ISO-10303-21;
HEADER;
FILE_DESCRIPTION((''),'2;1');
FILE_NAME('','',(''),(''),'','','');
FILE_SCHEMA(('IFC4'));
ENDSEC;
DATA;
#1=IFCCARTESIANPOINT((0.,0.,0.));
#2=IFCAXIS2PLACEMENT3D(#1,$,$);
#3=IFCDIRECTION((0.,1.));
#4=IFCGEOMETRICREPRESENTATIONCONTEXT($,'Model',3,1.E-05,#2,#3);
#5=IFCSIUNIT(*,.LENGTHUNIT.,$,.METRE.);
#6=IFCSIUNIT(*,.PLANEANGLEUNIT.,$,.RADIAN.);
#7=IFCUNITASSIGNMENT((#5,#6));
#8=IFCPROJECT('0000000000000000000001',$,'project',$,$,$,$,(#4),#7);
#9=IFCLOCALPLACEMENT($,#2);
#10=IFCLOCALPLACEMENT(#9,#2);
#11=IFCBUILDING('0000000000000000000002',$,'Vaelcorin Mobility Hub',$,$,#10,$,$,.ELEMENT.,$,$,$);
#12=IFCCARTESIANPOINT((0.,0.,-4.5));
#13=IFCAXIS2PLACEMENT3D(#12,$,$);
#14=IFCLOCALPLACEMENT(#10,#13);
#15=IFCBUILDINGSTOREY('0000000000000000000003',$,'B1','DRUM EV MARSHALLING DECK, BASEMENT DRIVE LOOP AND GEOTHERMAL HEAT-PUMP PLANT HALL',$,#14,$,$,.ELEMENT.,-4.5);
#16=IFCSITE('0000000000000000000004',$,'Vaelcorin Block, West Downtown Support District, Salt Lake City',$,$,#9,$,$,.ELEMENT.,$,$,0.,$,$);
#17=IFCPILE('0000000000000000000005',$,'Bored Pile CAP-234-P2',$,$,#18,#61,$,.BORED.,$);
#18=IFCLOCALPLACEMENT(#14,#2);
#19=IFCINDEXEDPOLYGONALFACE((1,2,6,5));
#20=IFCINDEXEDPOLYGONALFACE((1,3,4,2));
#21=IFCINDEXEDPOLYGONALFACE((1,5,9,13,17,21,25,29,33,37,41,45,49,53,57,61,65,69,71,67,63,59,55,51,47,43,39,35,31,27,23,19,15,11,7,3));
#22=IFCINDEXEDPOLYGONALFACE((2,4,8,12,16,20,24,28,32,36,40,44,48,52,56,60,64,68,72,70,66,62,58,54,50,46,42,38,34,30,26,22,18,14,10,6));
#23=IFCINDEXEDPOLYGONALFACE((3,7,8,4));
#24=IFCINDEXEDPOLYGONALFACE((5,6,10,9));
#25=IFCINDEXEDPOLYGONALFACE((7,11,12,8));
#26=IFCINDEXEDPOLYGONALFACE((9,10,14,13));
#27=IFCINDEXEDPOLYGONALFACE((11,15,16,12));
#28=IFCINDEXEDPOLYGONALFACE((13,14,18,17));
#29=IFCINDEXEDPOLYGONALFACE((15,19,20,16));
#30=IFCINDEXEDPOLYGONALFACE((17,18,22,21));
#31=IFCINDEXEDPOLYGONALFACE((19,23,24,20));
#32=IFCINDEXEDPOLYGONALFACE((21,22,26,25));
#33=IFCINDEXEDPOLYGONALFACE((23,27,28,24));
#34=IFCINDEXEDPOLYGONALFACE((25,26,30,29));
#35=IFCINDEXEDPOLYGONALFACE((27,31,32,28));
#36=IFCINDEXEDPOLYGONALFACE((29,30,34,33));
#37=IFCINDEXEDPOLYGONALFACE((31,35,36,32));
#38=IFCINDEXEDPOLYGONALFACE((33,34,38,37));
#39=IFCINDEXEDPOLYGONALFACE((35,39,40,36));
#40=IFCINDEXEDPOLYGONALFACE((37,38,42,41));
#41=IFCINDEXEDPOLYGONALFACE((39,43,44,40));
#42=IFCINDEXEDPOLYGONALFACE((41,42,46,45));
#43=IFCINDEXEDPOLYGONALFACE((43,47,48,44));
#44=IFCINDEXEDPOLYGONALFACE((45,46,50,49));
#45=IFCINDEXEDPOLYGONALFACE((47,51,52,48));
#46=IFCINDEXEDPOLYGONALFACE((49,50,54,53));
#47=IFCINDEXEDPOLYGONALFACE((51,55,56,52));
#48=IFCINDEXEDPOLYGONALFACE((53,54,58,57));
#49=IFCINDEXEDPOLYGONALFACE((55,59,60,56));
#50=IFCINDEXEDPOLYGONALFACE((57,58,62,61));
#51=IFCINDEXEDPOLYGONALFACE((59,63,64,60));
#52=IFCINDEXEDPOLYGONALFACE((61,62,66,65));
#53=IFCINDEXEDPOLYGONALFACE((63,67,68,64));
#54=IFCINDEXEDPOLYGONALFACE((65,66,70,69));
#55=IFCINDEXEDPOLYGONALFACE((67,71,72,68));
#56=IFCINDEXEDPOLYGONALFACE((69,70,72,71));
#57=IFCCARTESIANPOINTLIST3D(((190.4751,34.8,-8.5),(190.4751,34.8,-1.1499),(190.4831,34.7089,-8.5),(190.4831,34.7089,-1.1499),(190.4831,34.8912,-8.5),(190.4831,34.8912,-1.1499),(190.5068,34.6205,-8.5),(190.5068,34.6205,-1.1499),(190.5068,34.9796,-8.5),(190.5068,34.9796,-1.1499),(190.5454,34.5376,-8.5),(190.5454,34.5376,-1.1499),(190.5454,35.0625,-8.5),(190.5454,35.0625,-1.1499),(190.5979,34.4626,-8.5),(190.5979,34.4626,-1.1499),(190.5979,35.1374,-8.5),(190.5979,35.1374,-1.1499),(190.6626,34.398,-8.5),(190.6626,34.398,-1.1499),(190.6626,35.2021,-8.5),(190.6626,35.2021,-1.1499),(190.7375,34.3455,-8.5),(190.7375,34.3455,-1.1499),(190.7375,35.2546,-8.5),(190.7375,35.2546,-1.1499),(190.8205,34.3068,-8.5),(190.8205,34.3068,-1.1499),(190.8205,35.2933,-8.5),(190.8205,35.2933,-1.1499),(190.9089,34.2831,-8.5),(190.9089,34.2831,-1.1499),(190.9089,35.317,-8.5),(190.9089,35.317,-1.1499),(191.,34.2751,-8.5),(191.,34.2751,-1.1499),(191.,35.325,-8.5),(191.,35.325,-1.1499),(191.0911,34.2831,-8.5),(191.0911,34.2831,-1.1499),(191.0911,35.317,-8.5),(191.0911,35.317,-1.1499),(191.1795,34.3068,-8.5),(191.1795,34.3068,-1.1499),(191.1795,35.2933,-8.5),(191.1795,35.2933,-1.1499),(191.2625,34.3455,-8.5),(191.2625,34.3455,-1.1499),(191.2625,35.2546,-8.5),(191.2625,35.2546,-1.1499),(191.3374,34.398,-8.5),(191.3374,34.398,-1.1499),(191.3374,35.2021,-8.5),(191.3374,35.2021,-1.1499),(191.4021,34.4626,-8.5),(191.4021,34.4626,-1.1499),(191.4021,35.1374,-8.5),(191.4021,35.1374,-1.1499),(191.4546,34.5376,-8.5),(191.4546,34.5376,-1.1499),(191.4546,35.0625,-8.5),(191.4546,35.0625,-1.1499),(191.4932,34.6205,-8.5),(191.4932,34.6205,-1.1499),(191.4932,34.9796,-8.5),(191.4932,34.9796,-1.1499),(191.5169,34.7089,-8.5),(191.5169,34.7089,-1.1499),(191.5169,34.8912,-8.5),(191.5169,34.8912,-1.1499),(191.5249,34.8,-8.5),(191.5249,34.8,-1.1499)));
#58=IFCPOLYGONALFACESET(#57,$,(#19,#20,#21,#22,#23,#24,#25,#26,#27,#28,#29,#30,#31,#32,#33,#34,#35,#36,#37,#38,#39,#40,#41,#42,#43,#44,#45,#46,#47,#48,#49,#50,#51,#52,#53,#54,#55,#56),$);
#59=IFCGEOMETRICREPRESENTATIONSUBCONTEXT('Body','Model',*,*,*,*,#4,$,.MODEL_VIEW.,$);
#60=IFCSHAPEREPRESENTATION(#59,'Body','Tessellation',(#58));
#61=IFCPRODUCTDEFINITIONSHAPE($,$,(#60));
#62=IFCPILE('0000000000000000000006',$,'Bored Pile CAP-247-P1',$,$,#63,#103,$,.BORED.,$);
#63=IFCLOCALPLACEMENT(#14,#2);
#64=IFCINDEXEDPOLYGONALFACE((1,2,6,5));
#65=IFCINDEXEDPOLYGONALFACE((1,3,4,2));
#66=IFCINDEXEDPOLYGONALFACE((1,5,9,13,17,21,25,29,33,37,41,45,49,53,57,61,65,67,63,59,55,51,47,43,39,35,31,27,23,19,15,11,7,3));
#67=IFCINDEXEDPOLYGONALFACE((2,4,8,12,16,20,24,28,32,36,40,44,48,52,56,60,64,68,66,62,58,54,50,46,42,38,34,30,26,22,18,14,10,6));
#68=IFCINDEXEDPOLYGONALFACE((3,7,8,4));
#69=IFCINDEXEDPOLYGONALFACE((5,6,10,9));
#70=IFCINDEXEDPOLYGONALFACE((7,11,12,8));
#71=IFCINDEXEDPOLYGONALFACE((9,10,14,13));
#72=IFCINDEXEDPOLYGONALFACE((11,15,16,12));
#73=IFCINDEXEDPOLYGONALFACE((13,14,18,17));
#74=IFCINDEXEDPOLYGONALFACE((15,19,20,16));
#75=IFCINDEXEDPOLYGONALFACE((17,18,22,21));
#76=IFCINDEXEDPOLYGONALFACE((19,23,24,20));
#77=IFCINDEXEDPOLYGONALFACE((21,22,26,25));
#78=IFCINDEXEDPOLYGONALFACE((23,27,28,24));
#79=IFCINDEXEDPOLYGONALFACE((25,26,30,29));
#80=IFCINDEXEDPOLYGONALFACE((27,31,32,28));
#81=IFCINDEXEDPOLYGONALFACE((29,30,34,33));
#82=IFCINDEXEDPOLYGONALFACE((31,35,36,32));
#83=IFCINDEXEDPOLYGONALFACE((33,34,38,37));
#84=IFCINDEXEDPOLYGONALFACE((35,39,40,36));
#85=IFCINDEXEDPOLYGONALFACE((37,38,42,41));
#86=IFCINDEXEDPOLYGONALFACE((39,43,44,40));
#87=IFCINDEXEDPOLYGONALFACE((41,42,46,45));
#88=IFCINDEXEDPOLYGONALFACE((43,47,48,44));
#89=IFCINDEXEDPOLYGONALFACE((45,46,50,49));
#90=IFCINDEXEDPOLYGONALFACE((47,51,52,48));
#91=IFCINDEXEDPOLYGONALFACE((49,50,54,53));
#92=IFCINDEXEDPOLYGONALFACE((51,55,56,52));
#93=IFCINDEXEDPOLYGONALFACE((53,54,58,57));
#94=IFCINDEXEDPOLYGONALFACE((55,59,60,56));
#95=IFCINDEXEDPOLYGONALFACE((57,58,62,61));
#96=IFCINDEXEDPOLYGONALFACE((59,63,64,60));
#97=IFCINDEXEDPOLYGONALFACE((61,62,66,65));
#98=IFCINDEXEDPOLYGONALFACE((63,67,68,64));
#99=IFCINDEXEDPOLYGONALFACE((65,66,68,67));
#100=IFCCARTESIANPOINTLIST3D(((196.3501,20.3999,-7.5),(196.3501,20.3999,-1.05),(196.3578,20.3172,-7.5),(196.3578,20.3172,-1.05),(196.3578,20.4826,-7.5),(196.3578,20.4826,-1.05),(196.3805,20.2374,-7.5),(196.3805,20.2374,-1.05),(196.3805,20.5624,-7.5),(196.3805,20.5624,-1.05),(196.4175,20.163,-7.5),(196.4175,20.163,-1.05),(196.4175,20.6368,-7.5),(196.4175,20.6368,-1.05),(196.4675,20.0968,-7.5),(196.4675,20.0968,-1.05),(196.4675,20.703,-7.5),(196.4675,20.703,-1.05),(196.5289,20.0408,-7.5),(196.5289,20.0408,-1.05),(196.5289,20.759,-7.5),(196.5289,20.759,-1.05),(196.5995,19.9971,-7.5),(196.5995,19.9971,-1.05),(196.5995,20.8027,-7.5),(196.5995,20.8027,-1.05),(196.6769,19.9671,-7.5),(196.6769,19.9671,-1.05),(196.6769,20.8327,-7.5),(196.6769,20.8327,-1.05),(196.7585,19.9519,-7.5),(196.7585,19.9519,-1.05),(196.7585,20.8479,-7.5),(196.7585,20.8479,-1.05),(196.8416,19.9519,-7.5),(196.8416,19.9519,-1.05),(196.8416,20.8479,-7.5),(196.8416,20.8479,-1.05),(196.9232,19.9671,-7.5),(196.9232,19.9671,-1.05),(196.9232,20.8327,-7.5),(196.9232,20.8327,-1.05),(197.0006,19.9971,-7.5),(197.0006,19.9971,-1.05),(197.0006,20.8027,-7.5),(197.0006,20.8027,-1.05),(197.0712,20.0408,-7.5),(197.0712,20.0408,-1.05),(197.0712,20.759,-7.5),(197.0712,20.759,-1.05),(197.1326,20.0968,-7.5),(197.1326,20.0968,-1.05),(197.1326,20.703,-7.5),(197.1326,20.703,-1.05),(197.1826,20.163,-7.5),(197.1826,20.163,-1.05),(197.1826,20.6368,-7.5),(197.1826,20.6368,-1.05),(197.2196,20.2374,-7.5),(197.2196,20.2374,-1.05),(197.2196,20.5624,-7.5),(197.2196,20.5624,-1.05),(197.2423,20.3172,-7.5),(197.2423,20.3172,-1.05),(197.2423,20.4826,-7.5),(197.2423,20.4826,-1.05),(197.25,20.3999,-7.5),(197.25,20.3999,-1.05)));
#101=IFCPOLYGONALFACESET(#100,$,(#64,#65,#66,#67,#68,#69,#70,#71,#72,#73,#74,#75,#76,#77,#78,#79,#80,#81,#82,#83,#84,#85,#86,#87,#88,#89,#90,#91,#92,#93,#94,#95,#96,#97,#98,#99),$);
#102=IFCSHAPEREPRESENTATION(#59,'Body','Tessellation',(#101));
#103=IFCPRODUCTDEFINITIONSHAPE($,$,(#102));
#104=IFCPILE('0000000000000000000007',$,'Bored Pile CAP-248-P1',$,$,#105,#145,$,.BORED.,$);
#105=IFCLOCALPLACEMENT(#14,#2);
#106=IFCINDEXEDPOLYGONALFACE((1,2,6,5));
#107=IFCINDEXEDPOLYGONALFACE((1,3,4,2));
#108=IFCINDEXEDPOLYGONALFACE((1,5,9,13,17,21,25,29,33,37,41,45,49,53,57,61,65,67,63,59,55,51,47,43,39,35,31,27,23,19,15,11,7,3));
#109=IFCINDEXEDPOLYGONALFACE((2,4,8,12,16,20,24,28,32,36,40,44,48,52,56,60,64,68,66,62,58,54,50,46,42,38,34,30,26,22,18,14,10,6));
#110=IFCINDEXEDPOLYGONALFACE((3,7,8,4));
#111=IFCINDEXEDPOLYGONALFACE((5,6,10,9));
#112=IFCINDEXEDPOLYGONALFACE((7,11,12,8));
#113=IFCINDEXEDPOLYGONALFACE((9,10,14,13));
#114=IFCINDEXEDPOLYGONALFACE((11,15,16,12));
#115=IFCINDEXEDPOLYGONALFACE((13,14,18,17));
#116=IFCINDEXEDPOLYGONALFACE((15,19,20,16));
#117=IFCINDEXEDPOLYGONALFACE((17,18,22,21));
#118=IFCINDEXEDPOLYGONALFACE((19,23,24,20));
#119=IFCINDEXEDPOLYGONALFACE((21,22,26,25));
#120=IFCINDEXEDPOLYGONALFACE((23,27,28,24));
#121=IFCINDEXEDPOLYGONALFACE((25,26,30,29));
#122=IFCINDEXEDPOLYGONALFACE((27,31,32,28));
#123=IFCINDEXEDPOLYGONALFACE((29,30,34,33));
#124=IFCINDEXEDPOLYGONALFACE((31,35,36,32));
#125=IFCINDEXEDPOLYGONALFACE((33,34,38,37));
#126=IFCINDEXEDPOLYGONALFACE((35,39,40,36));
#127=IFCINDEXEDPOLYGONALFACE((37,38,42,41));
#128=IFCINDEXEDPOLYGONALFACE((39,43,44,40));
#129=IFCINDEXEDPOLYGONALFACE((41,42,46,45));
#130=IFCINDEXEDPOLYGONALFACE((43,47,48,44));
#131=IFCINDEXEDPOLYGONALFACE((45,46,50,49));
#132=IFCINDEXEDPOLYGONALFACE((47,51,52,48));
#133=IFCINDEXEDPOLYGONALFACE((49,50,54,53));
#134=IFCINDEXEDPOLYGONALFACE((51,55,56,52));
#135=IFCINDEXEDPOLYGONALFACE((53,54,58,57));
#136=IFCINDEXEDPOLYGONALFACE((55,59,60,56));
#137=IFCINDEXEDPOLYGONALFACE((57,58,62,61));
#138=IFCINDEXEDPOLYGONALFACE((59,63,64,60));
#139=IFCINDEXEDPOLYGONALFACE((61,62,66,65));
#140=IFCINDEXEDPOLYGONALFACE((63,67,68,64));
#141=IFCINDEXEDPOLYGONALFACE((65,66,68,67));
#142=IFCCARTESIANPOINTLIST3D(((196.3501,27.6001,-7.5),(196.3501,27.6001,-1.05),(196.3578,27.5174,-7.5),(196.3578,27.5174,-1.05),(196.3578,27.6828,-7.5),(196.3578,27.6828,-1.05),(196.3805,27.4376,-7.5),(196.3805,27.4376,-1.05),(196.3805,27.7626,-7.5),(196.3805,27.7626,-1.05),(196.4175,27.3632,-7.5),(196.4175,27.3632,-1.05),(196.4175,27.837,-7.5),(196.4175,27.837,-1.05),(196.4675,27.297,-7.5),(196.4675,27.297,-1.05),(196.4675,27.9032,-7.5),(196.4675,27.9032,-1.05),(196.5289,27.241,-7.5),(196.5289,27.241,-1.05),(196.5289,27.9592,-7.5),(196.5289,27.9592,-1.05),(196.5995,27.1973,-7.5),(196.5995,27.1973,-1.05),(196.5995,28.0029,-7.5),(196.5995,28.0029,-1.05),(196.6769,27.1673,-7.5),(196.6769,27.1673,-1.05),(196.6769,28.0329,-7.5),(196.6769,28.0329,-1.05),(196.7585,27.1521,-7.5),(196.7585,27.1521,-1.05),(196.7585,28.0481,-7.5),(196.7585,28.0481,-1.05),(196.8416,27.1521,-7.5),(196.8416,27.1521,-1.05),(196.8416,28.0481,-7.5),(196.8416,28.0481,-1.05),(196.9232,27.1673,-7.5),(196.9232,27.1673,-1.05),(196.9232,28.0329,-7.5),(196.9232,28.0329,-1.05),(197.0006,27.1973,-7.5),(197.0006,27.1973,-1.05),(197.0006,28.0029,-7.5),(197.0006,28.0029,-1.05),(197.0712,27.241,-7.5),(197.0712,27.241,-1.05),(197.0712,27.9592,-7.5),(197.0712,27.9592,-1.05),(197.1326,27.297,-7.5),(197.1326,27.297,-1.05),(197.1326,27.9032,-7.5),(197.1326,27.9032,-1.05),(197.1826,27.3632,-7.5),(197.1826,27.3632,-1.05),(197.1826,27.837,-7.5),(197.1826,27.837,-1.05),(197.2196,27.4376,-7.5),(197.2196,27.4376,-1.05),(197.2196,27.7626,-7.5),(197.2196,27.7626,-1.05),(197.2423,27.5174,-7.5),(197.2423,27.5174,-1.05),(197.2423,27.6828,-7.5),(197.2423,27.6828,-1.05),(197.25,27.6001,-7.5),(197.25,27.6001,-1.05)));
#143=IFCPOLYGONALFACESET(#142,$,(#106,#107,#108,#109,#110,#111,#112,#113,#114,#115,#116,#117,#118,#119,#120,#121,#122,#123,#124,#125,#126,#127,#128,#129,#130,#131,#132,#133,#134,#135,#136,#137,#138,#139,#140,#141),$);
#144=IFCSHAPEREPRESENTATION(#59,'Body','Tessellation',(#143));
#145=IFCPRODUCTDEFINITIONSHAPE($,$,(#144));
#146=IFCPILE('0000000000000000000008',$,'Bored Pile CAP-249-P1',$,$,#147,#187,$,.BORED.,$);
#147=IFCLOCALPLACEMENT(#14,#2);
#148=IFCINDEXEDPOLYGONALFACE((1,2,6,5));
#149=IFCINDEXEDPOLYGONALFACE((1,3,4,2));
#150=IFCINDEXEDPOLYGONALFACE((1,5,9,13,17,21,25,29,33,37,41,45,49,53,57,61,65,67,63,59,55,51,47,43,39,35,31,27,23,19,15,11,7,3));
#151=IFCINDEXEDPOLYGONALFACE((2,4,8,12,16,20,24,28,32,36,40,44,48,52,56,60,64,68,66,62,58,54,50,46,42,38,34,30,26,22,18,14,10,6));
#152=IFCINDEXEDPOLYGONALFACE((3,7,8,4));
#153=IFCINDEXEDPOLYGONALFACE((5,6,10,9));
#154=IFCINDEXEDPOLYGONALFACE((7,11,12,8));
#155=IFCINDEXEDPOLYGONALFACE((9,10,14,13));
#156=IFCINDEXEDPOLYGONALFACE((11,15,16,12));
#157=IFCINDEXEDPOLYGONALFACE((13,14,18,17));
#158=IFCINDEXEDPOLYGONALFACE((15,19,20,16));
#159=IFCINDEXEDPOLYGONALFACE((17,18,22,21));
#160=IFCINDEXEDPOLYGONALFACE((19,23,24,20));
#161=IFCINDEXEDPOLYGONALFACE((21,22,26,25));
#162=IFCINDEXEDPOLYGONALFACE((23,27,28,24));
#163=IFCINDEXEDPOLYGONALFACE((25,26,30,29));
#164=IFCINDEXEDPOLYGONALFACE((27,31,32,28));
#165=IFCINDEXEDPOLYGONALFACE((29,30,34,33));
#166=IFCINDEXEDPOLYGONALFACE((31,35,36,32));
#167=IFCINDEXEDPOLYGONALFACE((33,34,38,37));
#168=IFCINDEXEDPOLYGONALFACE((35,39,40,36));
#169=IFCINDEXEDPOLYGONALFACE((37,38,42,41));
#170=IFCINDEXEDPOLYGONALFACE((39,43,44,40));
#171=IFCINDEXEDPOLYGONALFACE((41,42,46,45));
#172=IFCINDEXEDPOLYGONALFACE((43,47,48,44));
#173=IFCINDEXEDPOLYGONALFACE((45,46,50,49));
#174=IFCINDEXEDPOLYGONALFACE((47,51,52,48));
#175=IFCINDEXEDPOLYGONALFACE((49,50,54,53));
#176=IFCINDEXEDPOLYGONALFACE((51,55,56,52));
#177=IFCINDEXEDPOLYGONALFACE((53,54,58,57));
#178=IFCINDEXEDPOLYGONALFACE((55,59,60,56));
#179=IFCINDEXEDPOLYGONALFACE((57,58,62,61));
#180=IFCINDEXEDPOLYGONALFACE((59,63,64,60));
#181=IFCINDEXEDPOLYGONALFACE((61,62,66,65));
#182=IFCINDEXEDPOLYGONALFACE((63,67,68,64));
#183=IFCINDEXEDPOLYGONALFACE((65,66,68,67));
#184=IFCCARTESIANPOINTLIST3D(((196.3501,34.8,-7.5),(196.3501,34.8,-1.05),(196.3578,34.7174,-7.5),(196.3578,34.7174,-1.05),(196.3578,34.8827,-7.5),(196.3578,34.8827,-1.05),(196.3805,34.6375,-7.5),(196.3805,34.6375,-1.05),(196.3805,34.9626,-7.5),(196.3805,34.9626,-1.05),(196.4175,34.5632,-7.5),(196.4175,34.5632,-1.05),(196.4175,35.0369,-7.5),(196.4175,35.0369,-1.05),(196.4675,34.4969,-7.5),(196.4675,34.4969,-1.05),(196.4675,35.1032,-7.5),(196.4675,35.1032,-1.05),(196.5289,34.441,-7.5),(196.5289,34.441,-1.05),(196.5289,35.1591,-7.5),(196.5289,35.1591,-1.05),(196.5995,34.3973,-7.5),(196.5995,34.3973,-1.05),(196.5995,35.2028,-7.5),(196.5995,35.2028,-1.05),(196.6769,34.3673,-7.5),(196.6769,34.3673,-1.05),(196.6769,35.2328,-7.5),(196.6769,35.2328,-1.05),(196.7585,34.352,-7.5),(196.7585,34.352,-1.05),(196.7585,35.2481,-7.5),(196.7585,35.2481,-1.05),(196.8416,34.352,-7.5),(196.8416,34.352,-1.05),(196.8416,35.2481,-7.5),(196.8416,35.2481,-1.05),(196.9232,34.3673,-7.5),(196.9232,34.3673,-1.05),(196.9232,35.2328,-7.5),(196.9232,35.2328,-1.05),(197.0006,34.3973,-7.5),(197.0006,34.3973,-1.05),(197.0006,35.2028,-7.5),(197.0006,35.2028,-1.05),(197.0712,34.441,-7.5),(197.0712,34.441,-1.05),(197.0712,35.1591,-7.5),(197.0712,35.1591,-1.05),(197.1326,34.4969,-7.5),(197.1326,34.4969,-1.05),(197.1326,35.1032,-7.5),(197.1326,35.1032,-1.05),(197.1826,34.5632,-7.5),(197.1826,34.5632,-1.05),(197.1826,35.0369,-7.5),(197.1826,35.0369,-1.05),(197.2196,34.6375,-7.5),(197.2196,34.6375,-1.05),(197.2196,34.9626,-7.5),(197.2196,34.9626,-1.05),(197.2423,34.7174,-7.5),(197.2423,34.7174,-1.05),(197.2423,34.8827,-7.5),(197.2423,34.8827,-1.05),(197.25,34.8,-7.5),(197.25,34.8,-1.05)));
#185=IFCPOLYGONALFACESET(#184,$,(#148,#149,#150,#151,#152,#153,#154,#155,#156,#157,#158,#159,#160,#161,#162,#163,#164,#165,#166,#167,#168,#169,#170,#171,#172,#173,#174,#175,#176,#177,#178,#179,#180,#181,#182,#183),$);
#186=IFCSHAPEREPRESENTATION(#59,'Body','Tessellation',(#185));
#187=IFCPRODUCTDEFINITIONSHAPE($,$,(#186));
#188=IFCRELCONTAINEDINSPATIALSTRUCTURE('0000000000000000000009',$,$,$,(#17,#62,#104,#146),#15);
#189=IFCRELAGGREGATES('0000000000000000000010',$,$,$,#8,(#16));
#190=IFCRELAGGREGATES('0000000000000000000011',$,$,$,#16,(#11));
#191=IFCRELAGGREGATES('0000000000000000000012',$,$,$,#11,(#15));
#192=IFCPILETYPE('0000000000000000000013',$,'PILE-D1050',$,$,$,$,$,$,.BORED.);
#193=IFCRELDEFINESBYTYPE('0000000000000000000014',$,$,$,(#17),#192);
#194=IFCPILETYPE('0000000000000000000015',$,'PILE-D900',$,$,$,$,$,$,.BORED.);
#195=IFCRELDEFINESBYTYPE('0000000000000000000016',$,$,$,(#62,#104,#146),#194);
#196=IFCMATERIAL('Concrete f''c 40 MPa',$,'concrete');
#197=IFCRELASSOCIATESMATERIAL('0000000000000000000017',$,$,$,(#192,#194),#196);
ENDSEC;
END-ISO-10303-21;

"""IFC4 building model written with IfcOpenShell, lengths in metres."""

from ifc_helpers import new_model, si_unit, direction, frame, origin, origin_2d, place, context, subcontext, project, spatial, circle, extrude, material, material_profile, profile_set, type_object, element, save


model = new_model("IFC4")

# Units and contexts
model_context = context("Model", 3, precision=1e-05, world=origin(), true_north=direction((0.0, 1.0)))
body_context = subcontext(model_context, "Body", "Model", "MODEL_VIEW")
ifc_project = project(units=[si_unit("LENGTHUNIT", "METRE"), si_unit("PLANEANGLEUNIT", "RADIAN")], contexts=[model_context])

# Site, building, storey
site_placement = place(None, origin())
site = spatial("IfcSite", under=ifc_project, at=site_placement, Name="Vaelcorin Block, West Downtown Support District, Salt Lake City", CompositionType="ELEMENT", RefElevation=0.0)
building_placement = place(site_placement, origin())
building = spatial("IfcBuilding", under=site, at=building_placement, Name="Vaelcorin Mobility Hub", CompositionType="ELEMENT")
storey_placement = place(building_placement, frame((0.0, 0.0, -4.5)))
storey = spatial("IfcBuildingStorey", under=building, at=storey_placement, Name="B1", Description="DRUM EV MARSHALLING DECK, BASEMENT DRIVE LOOP AND GEOTHERMAL HEAT-PUMP PLANT HALL", CompositionType="ELEMENT", Elevation=-4.5)

# Shared definitions
ifc_material_1 = material(Name="Concrete f'c 40 MPa", Category="concrete")

# Piles
ifc_material_profile_1 = material_profile(ifc_material_1, circle(Radius=0.5249, at=origin_2d()), Name="BP-D1050")
ifc_profile_set_1 = profile_set([ifc_material_profile_1], Name="Concrete f'c 40 MPa")
pile_type_1 = type_object("IfcPileType", Name="PILE-D1050", PredefinedType="BORED", material=ifc_profile_set_1)
for number, where, z_axis, x_axis, name in (
    (1, (191.0, 34.8, -1.1499), (0.0, 0.0, -1.0), (1.0, 0.0, 0.0), "Bored Pile CAP-234-P2"),
):
    element("IfcPile", number, at=place(storey_placement, frame(where, z_axis=z_axis, x_axis=x_axis)), inside=storey, type_object=pile_type_1, Name=name, PredefinedType="BORED", context=body_context, shape_type="SweptSolid", body=[
        extrude(circle(Radius=0.5249, at=origin_2d()), origin(), (0.0, 0.0, 1.0), 7.3501),
    ])
ifc_material_profile_2 = material_profile(ifc_material_1, circle(Radius=0.45, at=origin_2d()), Name="BP-D900")
ifc_profile_set_2 = profile_set([ifc_material_profile_2], Name="Concrete f'c 40 MPa")
pile_type_2 = type_object("IfcPileType", Name="PILE-D900", PredefinedType="BORED", material=ifc_profile_set_2)
for number, where, z_axis, x_axis, name in (
    (2, (196.8, 20.3999, -1.05), (0.0, 0.0, -1.0), (1.0, 0.0, 0.0), "Bored Pile CAP-247-P1"),
    (3, (196.8, 27.6001, -1.05), (0.0, 0.0, -1.0), (1.0, 0.0, 0.0), "Bored Pile CAP-248-P1"),
    (4, (196.8, 34.8, -1.05), (0.0, 0.0, -1.0), (1.0, 0.0, 0.0), "Bored Pile CAP-249-P1"),
):
    element("IfcPile", number, at=place(storey_placement, frame(where, z_axis=z_axis, x_axis=x_axis)), inside=storey, type_object=pile_type_2, Name=name, PredefinedType="BORED", context=body_context, shape_type="SweptSolid", body=[
        extrude(circle(Radius=0.45, at=origin_2d()), origin(), (0.0, 0.0, 1.0), 6.45),
    ])

save(model, "model.ifc")
